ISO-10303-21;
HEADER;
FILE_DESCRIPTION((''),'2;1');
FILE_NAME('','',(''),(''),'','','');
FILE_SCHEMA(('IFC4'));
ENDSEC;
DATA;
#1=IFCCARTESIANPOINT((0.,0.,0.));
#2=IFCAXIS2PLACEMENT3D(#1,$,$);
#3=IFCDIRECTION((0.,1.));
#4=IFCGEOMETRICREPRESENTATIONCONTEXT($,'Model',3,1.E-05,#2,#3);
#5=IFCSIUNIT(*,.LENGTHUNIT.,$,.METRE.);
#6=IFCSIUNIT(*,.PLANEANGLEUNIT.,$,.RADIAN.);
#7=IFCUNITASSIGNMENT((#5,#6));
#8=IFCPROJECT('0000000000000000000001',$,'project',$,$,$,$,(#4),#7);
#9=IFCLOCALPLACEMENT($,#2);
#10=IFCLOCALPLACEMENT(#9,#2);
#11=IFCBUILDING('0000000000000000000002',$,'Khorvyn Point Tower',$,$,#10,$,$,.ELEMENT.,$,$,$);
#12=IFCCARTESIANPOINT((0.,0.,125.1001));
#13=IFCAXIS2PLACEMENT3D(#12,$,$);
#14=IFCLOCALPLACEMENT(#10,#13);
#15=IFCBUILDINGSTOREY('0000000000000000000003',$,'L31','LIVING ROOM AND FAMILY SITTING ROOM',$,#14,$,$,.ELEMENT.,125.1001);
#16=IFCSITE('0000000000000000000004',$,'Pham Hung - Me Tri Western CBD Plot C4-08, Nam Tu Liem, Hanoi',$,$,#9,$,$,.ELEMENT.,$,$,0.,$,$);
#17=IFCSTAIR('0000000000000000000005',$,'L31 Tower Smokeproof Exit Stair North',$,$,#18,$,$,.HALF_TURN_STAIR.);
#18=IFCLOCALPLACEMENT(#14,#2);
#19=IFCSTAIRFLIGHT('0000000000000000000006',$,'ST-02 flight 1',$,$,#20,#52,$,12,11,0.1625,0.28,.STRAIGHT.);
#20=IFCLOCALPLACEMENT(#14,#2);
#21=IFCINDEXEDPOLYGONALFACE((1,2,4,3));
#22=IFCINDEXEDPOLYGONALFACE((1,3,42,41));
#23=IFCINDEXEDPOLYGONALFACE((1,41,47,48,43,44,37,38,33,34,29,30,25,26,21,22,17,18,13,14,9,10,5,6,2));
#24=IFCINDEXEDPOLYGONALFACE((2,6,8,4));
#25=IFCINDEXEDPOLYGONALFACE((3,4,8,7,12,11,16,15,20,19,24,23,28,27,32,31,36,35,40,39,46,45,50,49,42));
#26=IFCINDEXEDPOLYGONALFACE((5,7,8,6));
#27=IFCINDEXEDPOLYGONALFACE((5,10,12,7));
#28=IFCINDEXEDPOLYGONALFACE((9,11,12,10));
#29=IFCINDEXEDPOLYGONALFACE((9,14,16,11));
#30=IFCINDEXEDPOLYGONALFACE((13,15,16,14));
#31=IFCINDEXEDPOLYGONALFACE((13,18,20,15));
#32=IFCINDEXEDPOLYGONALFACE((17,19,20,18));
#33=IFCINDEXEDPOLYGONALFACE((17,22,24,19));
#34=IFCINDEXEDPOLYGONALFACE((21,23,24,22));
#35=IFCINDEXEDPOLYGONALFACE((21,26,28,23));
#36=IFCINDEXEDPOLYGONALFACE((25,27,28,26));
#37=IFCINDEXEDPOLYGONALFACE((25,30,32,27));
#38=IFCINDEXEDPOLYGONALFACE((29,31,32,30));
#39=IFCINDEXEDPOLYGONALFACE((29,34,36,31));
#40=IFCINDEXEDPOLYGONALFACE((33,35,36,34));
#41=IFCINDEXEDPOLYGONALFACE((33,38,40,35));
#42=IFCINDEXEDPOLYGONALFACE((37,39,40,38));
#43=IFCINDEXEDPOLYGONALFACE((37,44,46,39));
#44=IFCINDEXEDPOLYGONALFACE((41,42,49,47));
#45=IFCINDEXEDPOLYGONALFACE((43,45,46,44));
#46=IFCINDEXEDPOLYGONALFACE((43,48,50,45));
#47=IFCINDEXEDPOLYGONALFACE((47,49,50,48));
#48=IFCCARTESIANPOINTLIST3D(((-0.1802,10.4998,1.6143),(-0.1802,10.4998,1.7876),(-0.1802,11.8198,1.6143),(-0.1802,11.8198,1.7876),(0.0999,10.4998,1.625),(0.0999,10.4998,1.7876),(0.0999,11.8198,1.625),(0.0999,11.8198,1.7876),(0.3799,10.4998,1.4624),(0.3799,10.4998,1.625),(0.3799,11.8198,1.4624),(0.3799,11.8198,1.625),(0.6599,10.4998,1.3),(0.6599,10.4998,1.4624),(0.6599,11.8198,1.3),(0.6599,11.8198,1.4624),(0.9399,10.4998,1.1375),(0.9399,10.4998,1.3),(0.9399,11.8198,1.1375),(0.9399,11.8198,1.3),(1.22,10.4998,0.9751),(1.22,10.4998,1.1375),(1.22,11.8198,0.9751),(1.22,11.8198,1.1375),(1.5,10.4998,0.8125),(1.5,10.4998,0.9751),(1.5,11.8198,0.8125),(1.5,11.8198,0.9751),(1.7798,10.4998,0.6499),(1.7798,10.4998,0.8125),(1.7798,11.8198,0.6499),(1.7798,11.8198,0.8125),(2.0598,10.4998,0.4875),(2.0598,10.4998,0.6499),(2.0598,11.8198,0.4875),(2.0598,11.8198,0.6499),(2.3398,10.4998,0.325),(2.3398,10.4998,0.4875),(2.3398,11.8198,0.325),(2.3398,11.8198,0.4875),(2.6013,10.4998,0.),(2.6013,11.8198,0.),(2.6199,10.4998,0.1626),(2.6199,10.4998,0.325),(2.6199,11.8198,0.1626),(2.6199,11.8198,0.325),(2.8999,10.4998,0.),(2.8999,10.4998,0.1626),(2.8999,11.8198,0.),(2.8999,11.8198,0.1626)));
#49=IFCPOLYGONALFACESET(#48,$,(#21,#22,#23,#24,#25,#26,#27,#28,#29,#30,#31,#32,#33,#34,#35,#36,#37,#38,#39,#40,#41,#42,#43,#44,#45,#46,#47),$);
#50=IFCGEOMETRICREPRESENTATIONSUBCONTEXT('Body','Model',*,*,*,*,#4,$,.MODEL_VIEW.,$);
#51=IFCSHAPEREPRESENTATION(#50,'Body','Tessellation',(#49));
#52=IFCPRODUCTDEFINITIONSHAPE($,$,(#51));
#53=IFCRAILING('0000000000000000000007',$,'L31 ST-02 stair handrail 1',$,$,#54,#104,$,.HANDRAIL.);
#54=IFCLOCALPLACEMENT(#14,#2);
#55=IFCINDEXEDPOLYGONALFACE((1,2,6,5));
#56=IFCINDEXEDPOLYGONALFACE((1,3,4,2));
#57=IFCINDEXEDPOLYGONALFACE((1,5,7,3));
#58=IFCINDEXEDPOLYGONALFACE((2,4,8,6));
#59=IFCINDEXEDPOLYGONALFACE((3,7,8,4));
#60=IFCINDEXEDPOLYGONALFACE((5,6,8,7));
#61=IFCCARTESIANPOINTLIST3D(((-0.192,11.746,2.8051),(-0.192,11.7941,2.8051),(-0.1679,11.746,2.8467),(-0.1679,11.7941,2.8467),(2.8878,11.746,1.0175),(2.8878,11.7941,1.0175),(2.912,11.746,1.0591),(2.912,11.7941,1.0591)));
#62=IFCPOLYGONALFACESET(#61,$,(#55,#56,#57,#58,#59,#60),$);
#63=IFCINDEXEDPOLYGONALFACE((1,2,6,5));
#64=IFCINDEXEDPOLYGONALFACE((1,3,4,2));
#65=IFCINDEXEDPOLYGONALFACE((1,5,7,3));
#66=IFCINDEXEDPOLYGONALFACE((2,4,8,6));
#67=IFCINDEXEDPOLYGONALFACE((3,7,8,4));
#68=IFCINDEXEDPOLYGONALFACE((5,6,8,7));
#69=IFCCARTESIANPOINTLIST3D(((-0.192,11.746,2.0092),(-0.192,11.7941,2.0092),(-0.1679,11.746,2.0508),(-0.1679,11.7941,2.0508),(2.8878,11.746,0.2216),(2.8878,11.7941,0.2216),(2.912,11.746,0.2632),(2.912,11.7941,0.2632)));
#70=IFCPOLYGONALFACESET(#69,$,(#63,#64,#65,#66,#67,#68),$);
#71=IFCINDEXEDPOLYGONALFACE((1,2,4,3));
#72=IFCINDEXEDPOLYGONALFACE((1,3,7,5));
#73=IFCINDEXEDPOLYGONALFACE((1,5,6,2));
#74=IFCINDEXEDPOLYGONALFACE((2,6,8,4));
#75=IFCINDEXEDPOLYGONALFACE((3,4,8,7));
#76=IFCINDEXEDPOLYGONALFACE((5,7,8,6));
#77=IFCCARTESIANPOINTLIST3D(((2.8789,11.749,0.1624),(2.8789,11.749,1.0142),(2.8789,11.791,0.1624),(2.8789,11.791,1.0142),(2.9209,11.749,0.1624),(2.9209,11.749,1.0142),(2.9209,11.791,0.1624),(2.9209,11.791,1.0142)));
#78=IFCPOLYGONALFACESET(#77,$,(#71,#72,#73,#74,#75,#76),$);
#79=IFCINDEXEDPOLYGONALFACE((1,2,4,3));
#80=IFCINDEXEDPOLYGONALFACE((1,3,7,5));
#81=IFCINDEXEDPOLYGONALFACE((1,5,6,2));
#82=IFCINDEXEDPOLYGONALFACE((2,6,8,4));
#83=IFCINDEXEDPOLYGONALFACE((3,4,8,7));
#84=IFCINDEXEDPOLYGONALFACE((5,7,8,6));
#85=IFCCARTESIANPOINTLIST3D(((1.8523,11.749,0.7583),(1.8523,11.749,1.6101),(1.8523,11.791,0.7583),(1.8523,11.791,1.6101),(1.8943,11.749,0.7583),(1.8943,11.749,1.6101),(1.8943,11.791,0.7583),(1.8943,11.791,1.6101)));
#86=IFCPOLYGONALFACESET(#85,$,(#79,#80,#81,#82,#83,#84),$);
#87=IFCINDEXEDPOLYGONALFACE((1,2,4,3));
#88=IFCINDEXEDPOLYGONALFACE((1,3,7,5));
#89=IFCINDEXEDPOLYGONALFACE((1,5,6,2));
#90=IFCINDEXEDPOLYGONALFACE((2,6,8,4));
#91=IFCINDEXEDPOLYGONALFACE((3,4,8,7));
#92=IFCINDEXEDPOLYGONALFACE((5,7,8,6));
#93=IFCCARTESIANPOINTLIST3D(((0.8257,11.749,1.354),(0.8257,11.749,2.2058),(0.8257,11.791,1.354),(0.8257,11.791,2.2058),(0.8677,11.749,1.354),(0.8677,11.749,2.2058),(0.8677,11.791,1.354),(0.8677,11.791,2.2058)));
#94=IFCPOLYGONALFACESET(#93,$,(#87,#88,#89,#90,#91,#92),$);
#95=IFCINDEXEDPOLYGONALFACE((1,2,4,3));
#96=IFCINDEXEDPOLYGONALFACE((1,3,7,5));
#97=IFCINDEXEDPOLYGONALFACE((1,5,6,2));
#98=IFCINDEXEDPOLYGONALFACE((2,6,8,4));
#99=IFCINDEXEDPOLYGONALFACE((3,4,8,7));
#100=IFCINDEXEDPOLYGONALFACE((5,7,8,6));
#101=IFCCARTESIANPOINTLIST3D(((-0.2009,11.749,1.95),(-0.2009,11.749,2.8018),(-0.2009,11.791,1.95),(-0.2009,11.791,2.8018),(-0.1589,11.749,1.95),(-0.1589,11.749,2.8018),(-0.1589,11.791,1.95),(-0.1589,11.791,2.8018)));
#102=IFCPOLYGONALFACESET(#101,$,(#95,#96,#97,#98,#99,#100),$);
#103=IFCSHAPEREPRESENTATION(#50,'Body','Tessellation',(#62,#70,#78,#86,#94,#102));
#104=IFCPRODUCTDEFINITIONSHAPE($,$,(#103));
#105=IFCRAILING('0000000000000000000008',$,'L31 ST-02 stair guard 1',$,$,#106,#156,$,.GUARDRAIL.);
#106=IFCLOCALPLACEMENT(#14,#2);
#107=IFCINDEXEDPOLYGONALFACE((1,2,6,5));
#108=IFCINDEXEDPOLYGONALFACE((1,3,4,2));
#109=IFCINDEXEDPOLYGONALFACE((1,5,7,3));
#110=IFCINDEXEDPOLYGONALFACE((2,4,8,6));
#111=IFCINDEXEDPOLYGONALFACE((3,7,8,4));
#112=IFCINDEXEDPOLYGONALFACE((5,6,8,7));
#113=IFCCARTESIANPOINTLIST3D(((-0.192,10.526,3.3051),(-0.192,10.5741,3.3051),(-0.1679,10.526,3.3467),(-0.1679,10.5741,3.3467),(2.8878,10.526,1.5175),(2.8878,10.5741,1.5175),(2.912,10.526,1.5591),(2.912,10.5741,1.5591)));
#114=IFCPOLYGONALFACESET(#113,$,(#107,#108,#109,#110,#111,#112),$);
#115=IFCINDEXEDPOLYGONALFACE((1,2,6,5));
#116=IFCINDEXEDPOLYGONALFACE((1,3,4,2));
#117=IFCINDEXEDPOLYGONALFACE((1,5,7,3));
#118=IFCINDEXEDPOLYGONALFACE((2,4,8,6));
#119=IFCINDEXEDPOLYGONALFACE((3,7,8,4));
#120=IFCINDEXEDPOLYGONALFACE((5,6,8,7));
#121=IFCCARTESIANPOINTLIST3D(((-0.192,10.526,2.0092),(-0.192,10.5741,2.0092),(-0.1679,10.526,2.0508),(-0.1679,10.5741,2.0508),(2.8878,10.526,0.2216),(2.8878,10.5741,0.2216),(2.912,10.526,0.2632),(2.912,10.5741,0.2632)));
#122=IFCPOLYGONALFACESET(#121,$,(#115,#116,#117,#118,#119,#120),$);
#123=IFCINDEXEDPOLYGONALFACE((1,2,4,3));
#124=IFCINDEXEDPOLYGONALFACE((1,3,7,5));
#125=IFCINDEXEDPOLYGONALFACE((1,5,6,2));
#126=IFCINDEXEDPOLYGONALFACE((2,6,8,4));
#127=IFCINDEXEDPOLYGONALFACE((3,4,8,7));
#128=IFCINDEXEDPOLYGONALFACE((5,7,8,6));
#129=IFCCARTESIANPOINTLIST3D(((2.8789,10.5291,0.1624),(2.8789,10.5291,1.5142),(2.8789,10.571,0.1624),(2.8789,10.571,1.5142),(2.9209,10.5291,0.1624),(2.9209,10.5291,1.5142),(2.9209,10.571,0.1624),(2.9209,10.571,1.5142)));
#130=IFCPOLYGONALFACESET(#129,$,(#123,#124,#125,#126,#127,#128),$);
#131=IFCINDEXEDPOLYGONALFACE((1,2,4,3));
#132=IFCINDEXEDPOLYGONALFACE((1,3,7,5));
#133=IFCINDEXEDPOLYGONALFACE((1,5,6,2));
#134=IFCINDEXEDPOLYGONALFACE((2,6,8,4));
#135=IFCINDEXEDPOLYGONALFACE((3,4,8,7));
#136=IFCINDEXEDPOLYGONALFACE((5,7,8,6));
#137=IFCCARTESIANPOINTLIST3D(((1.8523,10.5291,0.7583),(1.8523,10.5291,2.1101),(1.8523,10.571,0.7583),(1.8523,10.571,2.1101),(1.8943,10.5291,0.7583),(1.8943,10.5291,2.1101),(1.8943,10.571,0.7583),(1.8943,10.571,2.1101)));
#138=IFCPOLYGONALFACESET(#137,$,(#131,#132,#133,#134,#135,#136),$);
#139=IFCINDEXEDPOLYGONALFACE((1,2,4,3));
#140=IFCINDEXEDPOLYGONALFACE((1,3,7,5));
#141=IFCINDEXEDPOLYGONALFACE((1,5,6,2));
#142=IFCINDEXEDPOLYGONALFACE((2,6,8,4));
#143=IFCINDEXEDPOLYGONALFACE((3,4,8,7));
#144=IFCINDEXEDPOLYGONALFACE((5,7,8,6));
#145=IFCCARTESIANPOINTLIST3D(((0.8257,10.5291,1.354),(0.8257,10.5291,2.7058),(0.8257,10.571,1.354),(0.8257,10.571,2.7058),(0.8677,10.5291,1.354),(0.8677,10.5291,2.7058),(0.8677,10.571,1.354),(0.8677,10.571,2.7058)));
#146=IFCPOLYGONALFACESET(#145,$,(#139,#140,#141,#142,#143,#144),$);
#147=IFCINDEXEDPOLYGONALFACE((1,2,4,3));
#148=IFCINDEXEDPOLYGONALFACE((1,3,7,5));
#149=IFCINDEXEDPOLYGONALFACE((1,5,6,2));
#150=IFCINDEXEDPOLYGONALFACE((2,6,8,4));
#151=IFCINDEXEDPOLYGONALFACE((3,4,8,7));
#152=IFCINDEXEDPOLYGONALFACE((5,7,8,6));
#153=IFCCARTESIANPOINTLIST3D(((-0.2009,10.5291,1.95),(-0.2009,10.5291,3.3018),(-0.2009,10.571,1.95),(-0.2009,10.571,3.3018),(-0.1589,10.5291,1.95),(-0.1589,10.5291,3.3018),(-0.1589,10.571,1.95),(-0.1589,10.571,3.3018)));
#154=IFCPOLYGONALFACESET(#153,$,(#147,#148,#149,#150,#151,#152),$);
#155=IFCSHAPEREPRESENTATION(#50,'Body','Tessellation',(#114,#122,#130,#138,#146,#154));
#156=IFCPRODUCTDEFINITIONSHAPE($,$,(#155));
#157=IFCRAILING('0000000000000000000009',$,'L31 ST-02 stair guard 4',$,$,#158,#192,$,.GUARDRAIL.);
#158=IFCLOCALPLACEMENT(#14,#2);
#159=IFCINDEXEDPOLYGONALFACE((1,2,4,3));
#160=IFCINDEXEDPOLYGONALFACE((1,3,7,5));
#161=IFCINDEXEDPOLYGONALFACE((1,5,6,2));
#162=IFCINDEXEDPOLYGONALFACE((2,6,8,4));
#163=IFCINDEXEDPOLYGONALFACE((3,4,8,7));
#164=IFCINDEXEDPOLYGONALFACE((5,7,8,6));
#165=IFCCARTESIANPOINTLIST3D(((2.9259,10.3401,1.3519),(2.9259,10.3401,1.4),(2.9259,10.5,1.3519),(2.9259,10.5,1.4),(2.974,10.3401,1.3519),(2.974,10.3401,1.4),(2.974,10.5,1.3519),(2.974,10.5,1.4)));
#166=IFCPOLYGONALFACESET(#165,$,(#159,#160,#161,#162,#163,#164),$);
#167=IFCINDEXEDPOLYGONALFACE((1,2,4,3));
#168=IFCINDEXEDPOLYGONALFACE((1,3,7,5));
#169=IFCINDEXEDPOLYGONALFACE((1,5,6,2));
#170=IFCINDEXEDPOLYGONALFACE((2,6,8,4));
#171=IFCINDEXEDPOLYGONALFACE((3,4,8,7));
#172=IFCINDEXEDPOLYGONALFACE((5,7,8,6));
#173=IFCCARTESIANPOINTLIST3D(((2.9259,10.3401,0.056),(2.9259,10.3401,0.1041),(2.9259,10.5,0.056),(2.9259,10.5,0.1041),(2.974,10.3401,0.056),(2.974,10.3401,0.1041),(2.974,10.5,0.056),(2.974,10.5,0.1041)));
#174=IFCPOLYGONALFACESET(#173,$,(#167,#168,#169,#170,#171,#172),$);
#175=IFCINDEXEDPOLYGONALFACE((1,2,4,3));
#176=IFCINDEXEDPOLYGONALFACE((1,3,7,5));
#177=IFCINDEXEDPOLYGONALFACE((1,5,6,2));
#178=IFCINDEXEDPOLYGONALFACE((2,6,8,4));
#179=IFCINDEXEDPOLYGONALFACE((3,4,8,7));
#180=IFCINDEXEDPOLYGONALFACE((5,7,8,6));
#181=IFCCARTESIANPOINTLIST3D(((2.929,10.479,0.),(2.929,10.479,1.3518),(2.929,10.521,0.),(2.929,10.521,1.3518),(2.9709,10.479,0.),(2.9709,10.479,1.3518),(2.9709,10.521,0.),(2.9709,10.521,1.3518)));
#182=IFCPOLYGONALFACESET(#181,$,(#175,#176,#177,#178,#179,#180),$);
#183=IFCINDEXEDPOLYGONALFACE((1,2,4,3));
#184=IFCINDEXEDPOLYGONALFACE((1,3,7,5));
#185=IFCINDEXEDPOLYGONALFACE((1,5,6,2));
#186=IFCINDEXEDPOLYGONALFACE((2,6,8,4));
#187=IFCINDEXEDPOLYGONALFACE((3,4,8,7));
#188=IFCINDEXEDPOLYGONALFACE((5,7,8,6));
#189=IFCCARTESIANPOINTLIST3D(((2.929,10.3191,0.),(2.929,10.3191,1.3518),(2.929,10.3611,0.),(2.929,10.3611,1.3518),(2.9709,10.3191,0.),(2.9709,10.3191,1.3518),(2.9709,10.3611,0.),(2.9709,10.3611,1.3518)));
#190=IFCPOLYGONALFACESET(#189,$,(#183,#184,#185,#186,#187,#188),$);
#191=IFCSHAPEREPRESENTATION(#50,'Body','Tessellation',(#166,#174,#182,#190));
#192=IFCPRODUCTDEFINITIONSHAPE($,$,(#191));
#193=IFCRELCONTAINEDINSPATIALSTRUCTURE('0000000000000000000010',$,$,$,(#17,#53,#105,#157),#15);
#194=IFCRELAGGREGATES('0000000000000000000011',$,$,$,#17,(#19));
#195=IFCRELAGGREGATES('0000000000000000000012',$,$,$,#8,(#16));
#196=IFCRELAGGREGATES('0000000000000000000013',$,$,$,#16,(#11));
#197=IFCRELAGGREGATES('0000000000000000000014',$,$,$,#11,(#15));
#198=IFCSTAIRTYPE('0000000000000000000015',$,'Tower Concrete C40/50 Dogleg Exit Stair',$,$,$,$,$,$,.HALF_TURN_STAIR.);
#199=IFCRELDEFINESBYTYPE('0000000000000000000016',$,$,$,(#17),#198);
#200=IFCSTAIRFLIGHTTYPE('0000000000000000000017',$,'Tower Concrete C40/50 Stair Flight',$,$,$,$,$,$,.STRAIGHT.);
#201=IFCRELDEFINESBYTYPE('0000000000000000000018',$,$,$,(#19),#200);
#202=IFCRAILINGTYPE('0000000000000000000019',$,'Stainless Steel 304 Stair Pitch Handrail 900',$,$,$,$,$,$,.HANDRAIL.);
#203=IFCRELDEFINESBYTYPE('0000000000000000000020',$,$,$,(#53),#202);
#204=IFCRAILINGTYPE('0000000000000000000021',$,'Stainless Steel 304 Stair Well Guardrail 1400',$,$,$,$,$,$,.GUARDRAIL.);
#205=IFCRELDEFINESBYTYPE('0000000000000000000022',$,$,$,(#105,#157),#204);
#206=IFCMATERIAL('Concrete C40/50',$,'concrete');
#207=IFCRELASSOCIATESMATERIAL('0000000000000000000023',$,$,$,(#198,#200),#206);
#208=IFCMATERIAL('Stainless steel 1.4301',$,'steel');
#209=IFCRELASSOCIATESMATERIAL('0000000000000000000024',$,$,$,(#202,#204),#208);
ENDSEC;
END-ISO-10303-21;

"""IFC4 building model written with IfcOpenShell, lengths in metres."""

from ifc_helpers import new_model, si_unit, direction, frame, origin, origin_2d, place, context, subcontext, project, spatial, polyline, rectangle, outline, extrude, material, type_object, element, aggregate, save


model = new_model("IFC4")

# Units and contexts
model_context = context("Model", 3, precision=1e-05, world=origin(), true_north=direction((0.0, 1.0)))
body_context = subcontext(model_context, "Body", "Model", "MODEL_VIEW")
ifc_project = project(units=[si_unit("LENGTHUNIT", "METRE"), si_unit("PLANEANGLEUNIT", "RADIAN")], contexts=[model_context])

# Site, building, storey
site_placement = place(None, origin())
site = spatial("IfcSite", under=ifc_project, at=site_placement, Name="Pham Hung - Me Tri Western CBD Plot C4-08, Nam Tu Liem, Hanoi", CompositionType="ELEMENT", RefElevation=0.0)
building_placement = place(site_placement, origin())
building = spatial("IfcBuilding", under=site, at=building_placement, Name="Khorvyn Point Tower", CompositionType="ELEMENT")
storey_placement = place(building_placement, frame((0.0, 0.0, 125.1001)))
storey = spatial("IfcBuildingStorey", under=building, at=storey_placement, Name="L31", Description="LIVING ROOM AND FAMILY SITTING ROOM", CompositionType="ELEMENT", Elevation=125.1001)

# Shared definitions
ifc_material_1 = material(Name="Concrete C40/50", Category="concrete")

# Shared definitions
ifc_material_2 = material(Name="Stainless steel 1.4301", Category="steel")

# Stair, stair flight
stair_type = type_object("IfcStairType", Name="Tower Concrete C40/50 Dogleg Exit Stair", PredefinedType="HALF_TURN_STAIR", material=ifc_material_1)
stair_placement = place(storey_placement, origin())
stair = element("IfcStair", 1, at=stair_placement, inside=storey, type_object=stair_type, Name="L31 Tower Smokeproof Exit Stair North", PredefinedType="HALF_TURN_STAIR")
stair_flight_type = type_object("IfcStairFlightType", Name="Tower Concrete C40/50 Stair Flight", PredefinedType="STRAIGHT", material=ifc_material_1)
stair_flight_placement = place(storey_placement, frame((2.8999, 11.1599, 0.0), z_axis=(0.0, 0.0, 1.0), x_axis=(-1.0, 0.0, 0.0)))
stair_flight = element("IfcStairFlight", 2, at=stair_flight_placement, type_object=stair_flight_type, Name="ST-02 flight 1", NumberOfRisers=12, NumberOfTreads=11, PredefinedType="STRAIGHT", RiserHeight=0.1625, TreadLength=0.28, context=body_context, shape_type="SweptSolid", body=[
    extrude(outline(polyline([(0.0, 0.0), (0.0, 0.1626), (0.28, 0.1626), (0.28, 0.325), (0.5601, 0.325), (0.5601, 0.4875), (0.8401, 0.4875), (0.8401, 0.6499), (1.1201, 0.6499), (1.1201, 0.8125), (1.3999, 0.8125), (1.3999, 0.9751), (1.6799, 0.9751), (1.6799, 1.1375), (1.96, 1.1375), (1.96, 1.3), (2.24, 1.3), (2.24, 1.4624), (2.52, 1.4624), (2.52, 1.625), (2.8, 1.625), (2.8, 1.7876), (3.0801, 1.7876), (3.0801, 1.95), (3.0801, 1.6143), (0.2986, 0.0), (0.0, 0.0)])), frame((0.0, 0.6602, 0.0), z_axis=(0.0, -1.0, 0.0), x_axis=(1.0, 0.0, 0.0)), (0.0, 0.0, 1.0), 1.3201),
])
aggregate(stair, [stair_flight])

# Railings
railing_type_1 = type_object("IfcRailingType", Name="Stainless Steel 304 Stair Pitch Handrail 900", PredefinedType="HANDRAIL", material=ifc_material_2)
railing_1_placement = place(storey_placement, frame((2.8999, 11.77, 0.1624)))
element("IfcRailing", 3, at=railing_1_placement, inside=storey, type_object=railing_type_1, Name="L31 ST-02 stair handrail 1", PredefinedType="HANDRAIL", context=body_context, shape_type="SweptSolid", body=[
    extrude(rectangle(XDim=0.0481, YDim=0.0481, at=origin_2d()), frame((0.0, 0.0, 0.876), z_axis=(-0.864873, 0.0, 0.50199), x_axis=(0.0, -1.0, 0.0)), (0.0, 0.0, 1.0), 3.561),
    extrude(rectangle(XDim=0.0481, YDim=0.0481, at=origin_2d()), frame((0.0, 0.0, 0.0801), z_axis=(-0.864873, 0.0, 0.50199), x_axis=(0.0, -1.0, 0.0)), (0.0, 0.0, 1.0), 3.561),
    extrude(rectangle(XDim=0.042, YDim=0.042, at=origin_2d()), origin(), (0.0, 0.0, 1.0), 0.8518),
    extrude(rectangle(XDim=0.042, YDim=0.042, at=origin_2d()), frame((-1.0266, 0.0, 0.5959)), (0.0, 0.0, 1.0), 0.8518),
    extrude(rectangle(XDim=0.042, YDim=0.042, at=origin_2d()), frame((-2.0532, 0.0, 1.1917)), (0.0, 0.0, 1.0), 0.8518),
    extrude(rectangle(XDim=0.042, YDim=0.042, at=origin_2d()), frame((-3.0798, 0.0, 1.7876)), (0.0, 0.0, 1.0), 0.8518),
])
railing_type_2 = type_object("IfcRailingType", Name="Stainless Steel 304 Stair Well Guardrail 1400", PredefinedType="GUARDRAIL", material=ifc_material_2)
railing_2_placement = place(storey_placement, frame((2.8999, 10.55, 0.1624)))
element("IfcRailing", 4, at=railing_2_placement, inside=storey, type_object=railing_type_2, Name="L31 ST-02 stair guard 1", PredefinedType="GUARDRAIL", context=body_context, shape_type="SweptSolid", body=[
    extrude(rectangle(XDim=0.0481, YDim=0.0481, at=origin_2d()), frame((0.0, 0.0, 1.376), z_axis=(-0.864873, 0.0, 0.50199), x_axis=(0.0, -1.0, 0.0)), (0.0, 0.0, 1.0), 3.561),
    extrude(rectangle(XDim=0.0481, YDim=0.0481, at=origin_2d()), frame((0.0, 0.0, 0.0801), z_axis=(-0.864873, 0.0, 0.50199), x_axis=(0.0, -1.0, 0.0)), (0.0, 0.0, 1.0), 3.561),
    extrude(rectangle(XDim=0.042, YDim=0.042, at=origin_2d()), origin(), (0.0, 0.0, 1.0), 1.3518),
    extrude(rectangle(XDim=0.042, YDim=0.042, at=origin_2d()), frame((-1.0266, 0.0, 0.5959)), (0.0, 0.0, 1.0), 1.3518),
    extrude(rectangle(XDim=0.042, YDim=0.042, at=origin_2d()), frame((-2.0532, 0.0, 1.1917)), (0.0, 0.0, 1.0), 1.3518),
    extrude(rectangle(XDim=0.042, YDim=0.042, at=origin_2d()), frame((-3.0798, 0.0, 1.7876)), (0.0, 0.0, 1.0), 1.3518),
])
railing_3_placement = place(storey_placement, frame((2.95, 10.5, 0.0)))
element("IfcRailing", 5, at=railing_3_placement, inside=storey, type_object=railing_type_2, Name="L31 ST-02 stair guard 4", PredefinedType="GUARDRAIL", context=body_context, shape_type="SweptSolid", body=[
    extrude(rectangle(XDim=0.0481, YDim=0.0481, at=origin_2d()), frame((0.0, 0.0, 1.376), z_axis=(0.0, -1.0, 0.0), x_axis=(1.0, 0.0, 0.0)), (0.0, 0.0, 1.0), 0.1599),
    extrude(rectangle(XDim=0.0481, YDim=0.0481, at=origin_2d()), frame((0.0, 0.0, 0.0801), z_axis=(0.0, -1.0, 0.0), x_axis=(1.0, 0.0, 0.0)), (0.0, 0.0, 1.0), 0.1599),
    extrude(rectangle(XDim=0.042, YDim=0.042, at=origin_2d()), origin(), (0.0, 0.0, 1.0), 1.3518),
    extrude(rectangle(XDim=0.042, YDim=0.042, at=origin_2d()), frame((0.0, -0.1599, 0.0)), (0.0, 0.0, 1.0), 1.3518),
])

save(model, "model.ifc")
